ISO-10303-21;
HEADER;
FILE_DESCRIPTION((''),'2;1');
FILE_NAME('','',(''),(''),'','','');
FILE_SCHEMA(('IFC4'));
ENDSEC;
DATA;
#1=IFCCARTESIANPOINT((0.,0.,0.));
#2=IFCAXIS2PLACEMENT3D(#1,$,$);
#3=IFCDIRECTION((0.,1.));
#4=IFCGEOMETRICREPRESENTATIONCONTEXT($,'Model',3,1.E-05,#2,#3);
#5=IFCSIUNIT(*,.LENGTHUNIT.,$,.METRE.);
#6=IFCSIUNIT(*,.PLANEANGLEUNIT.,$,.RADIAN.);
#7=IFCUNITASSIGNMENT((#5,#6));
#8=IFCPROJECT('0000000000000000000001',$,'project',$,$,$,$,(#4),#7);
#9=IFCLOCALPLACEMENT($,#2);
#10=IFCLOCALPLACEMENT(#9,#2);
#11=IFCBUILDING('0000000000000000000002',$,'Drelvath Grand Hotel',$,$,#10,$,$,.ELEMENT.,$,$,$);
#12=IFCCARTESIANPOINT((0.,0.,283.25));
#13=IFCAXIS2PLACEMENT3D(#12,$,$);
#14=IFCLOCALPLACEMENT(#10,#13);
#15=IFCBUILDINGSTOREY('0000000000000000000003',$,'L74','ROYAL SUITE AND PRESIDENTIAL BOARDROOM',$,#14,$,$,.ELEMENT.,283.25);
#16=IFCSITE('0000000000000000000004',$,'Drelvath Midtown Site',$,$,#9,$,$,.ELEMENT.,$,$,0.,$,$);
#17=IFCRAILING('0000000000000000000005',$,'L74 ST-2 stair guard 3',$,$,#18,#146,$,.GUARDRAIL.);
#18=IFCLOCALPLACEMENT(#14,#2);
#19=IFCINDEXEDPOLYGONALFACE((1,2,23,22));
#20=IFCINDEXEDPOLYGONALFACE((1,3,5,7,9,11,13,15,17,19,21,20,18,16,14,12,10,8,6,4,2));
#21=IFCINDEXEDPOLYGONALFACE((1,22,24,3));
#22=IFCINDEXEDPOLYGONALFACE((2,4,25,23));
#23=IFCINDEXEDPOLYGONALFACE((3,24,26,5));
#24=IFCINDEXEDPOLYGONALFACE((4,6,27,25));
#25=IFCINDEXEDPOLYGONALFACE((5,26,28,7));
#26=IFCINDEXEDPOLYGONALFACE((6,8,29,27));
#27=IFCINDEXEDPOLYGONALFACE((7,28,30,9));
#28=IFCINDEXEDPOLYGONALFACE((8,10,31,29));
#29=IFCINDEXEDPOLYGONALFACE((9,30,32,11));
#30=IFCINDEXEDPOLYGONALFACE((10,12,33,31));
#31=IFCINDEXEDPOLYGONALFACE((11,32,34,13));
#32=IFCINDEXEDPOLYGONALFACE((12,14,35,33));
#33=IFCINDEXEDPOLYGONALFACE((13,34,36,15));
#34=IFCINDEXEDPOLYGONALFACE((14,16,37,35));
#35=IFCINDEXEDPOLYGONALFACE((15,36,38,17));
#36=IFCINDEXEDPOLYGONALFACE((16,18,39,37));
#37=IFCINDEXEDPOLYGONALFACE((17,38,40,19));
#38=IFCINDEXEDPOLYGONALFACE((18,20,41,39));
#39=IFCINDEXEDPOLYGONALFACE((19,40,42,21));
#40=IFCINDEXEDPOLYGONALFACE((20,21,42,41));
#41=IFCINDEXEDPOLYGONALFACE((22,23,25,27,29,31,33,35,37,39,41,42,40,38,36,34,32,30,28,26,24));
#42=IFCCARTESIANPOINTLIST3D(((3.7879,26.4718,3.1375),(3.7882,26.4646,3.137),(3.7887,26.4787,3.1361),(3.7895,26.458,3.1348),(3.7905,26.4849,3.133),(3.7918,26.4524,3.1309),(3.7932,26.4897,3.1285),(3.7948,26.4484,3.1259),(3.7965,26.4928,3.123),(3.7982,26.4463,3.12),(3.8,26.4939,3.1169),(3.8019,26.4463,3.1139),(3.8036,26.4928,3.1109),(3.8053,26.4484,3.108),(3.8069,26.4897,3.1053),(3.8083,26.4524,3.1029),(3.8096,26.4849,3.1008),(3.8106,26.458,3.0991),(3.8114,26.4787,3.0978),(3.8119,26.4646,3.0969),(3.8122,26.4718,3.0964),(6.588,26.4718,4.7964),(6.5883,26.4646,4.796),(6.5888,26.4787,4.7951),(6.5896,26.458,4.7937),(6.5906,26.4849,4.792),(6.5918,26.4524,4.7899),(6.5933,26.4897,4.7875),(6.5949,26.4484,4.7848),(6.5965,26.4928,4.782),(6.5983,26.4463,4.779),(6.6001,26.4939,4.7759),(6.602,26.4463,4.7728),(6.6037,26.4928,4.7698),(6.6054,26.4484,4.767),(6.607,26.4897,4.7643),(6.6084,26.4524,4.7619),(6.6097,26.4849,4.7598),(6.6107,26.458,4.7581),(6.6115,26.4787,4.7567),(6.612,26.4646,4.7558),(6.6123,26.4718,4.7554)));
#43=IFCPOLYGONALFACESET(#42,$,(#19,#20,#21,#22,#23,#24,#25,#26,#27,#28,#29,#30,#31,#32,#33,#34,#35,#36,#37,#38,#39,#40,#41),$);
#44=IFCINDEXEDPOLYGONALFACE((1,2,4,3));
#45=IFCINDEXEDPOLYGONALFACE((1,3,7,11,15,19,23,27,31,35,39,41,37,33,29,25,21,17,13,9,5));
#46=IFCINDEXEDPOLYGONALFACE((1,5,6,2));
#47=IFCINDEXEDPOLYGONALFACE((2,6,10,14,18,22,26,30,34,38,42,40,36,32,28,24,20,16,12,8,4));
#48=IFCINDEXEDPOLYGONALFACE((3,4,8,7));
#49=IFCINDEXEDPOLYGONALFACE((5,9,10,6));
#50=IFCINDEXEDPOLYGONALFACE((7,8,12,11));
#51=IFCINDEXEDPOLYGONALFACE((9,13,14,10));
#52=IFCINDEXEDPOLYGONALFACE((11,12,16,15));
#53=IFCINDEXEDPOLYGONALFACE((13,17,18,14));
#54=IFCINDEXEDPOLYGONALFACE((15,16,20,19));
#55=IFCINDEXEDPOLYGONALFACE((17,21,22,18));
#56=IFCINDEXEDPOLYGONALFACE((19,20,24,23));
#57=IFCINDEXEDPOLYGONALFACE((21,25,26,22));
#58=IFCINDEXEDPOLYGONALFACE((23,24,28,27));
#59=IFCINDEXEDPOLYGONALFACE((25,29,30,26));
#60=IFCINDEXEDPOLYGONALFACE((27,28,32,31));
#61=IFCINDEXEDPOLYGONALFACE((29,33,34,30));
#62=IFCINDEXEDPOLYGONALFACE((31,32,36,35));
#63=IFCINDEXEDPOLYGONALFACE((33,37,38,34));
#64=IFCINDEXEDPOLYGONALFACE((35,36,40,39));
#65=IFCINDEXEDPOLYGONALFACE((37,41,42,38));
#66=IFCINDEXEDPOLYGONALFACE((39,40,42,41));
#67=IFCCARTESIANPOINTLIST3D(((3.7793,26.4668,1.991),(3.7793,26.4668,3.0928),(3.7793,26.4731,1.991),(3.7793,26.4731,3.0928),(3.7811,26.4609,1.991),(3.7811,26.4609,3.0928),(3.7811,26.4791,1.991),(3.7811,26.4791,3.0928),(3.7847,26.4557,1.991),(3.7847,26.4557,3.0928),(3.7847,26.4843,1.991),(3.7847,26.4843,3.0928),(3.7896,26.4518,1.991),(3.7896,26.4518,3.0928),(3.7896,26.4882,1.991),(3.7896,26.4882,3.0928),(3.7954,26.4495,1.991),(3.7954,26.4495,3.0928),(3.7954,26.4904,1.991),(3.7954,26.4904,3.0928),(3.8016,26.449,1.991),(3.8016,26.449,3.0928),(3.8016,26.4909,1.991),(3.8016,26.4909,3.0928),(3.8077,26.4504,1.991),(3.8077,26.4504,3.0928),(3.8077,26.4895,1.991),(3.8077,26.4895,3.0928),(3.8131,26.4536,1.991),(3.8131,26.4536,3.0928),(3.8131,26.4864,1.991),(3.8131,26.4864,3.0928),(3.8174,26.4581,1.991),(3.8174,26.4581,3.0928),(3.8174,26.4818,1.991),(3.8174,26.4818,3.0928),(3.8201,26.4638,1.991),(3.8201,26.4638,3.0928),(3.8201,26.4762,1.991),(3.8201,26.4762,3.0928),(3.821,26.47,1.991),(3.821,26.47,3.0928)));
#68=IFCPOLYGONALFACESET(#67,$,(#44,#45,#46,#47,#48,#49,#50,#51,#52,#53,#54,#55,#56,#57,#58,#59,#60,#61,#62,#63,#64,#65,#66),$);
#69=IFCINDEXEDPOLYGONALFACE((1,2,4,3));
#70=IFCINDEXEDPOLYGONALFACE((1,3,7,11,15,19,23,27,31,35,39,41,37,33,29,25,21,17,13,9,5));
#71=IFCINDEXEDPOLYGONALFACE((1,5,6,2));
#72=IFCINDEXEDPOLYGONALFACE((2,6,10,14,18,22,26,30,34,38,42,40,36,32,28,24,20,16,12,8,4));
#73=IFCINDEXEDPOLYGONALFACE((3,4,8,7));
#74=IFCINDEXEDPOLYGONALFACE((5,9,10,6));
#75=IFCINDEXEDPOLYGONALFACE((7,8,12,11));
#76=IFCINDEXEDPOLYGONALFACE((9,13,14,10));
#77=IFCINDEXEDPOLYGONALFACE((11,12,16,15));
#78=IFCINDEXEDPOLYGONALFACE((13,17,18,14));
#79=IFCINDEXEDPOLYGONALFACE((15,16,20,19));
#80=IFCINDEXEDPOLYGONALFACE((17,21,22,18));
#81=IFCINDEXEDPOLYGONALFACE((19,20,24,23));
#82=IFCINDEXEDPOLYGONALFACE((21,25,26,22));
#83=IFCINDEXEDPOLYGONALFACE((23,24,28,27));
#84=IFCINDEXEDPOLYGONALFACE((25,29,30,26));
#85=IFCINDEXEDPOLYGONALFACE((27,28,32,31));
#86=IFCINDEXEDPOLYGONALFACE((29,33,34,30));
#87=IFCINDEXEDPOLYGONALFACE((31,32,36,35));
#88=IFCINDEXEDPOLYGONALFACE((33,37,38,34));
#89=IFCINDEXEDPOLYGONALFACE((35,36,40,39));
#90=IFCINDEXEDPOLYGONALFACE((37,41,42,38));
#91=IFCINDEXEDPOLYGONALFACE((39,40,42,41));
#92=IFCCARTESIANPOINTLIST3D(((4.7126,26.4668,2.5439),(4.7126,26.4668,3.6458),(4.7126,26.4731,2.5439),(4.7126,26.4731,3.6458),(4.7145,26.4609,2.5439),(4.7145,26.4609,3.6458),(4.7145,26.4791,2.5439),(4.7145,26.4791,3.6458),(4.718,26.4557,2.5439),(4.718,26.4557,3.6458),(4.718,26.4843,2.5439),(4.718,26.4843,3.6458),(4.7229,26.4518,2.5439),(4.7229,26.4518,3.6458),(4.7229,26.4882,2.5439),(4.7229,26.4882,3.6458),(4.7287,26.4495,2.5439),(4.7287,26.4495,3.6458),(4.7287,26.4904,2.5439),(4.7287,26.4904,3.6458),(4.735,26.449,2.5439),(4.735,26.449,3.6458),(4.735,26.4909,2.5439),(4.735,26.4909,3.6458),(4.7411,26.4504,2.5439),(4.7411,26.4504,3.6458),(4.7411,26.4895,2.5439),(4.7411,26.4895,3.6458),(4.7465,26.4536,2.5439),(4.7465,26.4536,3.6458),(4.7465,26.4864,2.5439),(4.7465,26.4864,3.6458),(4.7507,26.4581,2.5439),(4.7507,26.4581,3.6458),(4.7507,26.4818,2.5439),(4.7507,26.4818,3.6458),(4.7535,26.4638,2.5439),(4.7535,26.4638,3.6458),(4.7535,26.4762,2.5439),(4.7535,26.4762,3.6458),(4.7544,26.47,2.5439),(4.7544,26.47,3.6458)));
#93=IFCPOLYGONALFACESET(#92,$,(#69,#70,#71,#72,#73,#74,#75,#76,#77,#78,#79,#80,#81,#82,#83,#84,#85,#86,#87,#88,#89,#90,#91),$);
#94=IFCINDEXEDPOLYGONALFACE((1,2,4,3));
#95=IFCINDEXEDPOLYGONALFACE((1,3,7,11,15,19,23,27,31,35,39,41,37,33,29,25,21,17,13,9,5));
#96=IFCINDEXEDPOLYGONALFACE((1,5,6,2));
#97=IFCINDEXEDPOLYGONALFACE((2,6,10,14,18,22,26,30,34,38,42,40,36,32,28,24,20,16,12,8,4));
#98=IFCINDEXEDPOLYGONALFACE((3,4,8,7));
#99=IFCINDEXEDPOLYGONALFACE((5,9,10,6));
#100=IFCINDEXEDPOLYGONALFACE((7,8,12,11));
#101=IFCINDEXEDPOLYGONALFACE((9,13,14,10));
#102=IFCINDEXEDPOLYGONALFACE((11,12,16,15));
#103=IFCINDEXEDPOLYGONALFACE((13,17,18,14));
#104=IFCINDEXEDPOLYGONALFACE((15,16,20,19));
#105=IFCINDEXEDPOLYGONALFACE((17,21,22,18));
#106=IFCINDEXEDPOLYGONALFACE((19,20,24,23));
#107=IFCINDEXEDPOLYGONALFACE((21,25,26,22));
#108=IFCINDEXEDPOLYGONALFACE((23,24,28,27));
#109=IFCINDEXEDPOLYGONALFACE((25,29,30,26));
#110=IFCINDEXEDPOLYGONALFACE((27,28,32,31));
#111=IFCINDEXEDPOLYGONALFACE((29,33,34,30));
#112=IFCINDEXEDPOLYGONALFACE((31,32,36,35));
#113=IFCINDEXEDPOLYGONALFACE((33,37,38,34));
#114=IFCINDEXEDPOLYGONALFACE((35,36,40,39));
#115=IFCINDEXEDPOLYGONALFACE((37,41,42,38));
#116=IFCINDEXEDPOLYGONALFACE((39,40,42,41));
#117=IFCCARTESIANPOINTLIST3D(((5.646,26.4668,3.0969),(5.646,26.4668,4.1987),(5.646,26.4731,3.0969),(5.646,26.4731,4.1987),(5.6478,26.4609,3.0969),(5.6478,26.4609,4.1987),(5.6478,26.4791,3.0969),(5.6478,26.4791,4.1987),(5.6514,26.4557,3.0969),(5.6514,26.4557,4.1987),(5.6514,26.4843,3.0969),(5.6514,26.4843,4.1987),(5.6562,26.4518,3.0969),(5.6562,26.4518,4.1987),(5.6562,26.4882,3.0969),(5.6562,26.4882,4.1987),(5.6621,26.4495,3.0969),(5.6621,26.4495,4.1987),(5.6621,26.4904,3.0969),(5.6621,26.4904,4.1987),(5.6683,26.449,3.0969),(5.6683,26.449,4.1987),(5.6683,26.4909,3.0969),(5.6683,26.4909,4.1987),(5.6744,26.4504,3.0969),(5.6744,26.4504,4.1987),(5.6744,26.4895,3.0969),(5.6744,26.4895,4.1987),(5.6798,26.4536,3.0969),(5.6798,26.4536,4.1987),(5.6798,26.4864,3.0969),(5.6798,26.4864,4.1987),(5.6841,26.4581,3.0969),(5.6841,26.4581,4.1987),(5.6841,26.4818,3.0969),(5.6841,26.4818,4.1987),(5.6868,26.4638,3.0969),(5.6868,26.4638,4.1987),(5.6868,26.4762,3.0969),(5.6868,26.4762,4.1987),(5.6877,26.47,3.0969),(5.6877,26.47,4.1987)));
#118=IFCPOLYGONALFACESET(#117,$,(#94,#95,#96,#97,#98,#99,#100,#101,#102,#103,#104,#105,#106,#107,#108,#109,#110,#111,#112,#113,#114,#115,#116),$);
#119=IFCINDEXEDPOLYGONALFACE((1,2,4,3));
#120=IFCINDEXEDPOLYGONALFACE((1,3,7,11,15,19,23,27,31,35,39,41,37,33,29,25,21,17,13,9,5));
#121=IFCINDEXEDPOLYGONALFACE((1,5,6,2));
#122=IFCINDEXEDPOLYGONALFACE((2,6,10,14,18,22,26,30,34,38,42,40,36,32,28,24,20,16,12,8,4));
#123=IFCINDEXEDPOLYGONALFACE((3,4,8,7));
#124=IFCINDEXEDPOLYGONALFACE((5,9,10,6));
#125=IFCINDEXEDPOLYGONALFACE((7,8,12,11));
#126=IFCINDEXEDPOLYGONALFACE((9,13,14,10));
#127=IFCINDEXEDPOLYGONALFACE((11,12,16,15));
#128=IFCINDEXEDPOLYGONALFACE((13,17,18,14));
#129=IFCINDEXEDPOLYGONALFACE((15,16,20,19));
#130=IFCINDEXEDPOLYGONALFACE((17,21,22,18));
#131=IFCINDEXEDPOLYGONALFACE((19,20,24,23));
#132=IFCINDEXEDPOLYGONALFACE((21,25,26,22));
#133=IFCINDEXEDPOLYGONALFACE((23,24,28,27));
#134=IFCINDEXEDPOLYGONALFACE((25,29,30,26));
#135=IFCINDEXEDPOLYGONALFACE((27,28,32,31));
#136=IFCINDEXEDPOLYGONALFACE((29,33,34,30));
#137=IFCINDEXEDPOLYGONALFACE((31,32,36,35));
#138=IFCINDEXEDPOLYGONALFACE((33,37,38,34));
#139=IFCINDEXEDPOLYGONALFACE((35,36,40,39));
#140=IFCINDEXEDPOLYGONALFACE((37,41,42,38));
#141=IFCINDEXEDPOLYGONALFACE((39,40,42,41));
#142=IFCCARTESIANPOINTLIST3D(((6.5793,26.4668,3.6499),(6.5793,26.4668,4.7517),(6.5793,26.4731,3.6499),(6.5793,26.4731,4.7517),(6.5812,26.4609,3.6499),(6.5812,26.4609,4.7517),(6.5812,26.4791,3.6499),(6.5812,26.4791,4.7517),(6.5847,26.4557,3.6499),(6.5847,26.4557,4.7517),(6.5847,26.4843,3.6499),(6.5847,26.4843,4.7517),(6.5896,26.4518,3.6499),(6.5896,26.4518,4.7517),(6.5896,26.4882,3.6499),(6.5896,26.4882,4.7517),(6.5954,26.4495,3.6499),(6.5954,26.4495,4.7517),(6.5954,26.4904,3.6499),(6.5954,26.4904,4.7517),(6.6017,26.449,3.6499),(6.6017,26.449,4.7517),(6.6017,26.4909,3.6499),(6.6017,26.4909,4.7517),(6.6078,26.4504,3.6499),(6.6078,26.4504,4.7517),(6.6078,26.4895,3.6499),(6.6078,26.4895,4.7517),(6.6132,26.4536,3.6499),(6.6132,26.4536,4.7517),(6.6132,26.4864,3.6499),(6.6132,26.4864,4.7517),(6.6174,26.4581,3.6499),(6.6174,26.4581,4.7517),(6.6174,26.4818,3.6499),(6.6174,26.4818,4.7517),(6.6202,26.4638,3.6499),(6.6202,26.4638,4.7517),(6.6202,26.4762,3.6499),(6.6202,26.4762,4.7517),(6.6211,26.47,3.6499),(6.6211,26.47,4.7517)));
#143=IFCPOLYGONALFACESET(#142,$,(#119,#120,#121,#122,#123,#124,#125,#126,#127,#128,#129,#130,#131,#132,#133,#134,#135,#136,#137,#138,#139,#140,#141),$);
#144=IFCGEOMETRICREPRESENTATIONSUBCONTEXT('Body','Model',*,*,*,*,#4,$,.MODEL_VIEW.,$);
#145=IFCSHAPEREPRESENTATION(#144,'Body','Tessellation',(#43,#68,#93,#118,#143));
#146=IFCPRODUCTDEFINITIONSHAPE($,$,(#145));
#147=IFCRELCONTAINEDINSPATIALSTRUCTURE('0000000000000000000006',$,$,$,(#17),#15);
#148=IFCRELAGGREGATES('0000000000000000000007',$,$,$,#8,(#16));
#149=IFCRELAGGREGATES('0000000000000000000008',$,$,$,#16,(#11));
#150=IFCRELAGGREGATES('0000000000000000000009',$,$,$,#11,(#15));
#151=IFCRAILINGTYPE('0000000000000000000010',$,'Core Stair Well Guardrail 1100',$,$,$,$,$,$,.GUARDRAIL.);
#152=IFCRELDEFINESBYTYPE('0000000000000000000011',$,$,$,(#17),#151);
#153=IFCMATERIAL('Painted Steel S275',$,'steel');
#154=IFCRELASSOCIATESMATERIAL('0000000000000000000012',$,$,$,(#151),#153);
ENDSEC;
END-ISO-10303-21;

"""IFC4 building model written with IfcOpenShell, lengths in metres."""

from ifc_helpers import new_model, si_unit, direction, frame, origin, origin_2d, place, context, subcontext, project, spatial, circle, extrude, material, type_object, element, save


model = new_model("IFC4")

# Units and contexts
model_context = context("Model", 3, precision=1e-05, world=origin(), true_north=direction((0.0, 1.0)))
body_context = subcontext(model_context, "Body", "Model", "MODEL_VIEW")
ifc_project = project(units=[si_unit("LENGTHUNIT", "METRE"), si_unit("PLANEANGLEUNIT", "RADIAN")], contexts=[model_context])

# Site, building, storey
site_placement = place(None, origin())
site = spatial("IfcSite", under=ifc_project, at=site_placement, Name="Drelvath Midtown Site", CompositionType="ELEMENT", RefElevation=0.0)
building_placement = place(site_placement, origin())
building = spatial("IfcBuilding", under=site, at=building_placement, Name="Drelvath Grand Hotel", CompositionType="ELEMENT")
storey_placement = place(building_placement, frame((0.0, 0.0, 283.25)))
storey = spatial("IfcBuildingStorey", under=building, at=storey_placement, Name="L74", Description="ROYAL SUITE AND PRESIDENTIAL BOARDROOM", CompositionType="ELEMENT", Elevation=283.25)

# Railing
ifc_material_1 = material(Name="Painted Steel S275", Category="steel")
railing_type_1 = type_object("IfcRailingType", Name="Core Stair Well Guardrail 1100", PredefinedType="GUARDRAIL", material=ifc_material_1)
railing_1_placement = place(storey_placement, frame((3.8, 26.47, 1.991)))
element("IfcRailing", 1, at=railing_1_placement, inside=storey, type_object=railing_type_1, Name="L74 ST-2 stair guard 3", PredefinedType="GUARDRAIL", context=body_context, shape_type="SweptSolid", body=[
    extrude(circle(Radius=0.0239, at=origin_2d()), frame((0.0, 0.0, 1.126), z_axis=(0.860339, 0.0, 0.509722), x_axis=(0.0, 1.0, 0.0)), (0.0, 0.0, 1.0), 3.2546),
    extrude(circle(Radius=0.021, at=origin_2d()), origin(), (0.0, 0.0, 1.0), 1.1018),
    extrude(circle(Radius=0.021, at=origin_2d()), frame((0.9333, 0.0, 0.553)), (0.0, 0.0, 1.0), 1.1018),
    extrude(circle(Radius=0.021, at=origin_2d()), frame((1.8667, 0.0, 1.106)), (0.0, 0.0, 1.0), 1.1018),
    extrude(circle(Radius=0.021, at=origin_2d()), frame((2.8, 0.0, 1.6589)), (0.0, 0.0, 1.0), 1.1018),
])

save(model, "model.ifc")
